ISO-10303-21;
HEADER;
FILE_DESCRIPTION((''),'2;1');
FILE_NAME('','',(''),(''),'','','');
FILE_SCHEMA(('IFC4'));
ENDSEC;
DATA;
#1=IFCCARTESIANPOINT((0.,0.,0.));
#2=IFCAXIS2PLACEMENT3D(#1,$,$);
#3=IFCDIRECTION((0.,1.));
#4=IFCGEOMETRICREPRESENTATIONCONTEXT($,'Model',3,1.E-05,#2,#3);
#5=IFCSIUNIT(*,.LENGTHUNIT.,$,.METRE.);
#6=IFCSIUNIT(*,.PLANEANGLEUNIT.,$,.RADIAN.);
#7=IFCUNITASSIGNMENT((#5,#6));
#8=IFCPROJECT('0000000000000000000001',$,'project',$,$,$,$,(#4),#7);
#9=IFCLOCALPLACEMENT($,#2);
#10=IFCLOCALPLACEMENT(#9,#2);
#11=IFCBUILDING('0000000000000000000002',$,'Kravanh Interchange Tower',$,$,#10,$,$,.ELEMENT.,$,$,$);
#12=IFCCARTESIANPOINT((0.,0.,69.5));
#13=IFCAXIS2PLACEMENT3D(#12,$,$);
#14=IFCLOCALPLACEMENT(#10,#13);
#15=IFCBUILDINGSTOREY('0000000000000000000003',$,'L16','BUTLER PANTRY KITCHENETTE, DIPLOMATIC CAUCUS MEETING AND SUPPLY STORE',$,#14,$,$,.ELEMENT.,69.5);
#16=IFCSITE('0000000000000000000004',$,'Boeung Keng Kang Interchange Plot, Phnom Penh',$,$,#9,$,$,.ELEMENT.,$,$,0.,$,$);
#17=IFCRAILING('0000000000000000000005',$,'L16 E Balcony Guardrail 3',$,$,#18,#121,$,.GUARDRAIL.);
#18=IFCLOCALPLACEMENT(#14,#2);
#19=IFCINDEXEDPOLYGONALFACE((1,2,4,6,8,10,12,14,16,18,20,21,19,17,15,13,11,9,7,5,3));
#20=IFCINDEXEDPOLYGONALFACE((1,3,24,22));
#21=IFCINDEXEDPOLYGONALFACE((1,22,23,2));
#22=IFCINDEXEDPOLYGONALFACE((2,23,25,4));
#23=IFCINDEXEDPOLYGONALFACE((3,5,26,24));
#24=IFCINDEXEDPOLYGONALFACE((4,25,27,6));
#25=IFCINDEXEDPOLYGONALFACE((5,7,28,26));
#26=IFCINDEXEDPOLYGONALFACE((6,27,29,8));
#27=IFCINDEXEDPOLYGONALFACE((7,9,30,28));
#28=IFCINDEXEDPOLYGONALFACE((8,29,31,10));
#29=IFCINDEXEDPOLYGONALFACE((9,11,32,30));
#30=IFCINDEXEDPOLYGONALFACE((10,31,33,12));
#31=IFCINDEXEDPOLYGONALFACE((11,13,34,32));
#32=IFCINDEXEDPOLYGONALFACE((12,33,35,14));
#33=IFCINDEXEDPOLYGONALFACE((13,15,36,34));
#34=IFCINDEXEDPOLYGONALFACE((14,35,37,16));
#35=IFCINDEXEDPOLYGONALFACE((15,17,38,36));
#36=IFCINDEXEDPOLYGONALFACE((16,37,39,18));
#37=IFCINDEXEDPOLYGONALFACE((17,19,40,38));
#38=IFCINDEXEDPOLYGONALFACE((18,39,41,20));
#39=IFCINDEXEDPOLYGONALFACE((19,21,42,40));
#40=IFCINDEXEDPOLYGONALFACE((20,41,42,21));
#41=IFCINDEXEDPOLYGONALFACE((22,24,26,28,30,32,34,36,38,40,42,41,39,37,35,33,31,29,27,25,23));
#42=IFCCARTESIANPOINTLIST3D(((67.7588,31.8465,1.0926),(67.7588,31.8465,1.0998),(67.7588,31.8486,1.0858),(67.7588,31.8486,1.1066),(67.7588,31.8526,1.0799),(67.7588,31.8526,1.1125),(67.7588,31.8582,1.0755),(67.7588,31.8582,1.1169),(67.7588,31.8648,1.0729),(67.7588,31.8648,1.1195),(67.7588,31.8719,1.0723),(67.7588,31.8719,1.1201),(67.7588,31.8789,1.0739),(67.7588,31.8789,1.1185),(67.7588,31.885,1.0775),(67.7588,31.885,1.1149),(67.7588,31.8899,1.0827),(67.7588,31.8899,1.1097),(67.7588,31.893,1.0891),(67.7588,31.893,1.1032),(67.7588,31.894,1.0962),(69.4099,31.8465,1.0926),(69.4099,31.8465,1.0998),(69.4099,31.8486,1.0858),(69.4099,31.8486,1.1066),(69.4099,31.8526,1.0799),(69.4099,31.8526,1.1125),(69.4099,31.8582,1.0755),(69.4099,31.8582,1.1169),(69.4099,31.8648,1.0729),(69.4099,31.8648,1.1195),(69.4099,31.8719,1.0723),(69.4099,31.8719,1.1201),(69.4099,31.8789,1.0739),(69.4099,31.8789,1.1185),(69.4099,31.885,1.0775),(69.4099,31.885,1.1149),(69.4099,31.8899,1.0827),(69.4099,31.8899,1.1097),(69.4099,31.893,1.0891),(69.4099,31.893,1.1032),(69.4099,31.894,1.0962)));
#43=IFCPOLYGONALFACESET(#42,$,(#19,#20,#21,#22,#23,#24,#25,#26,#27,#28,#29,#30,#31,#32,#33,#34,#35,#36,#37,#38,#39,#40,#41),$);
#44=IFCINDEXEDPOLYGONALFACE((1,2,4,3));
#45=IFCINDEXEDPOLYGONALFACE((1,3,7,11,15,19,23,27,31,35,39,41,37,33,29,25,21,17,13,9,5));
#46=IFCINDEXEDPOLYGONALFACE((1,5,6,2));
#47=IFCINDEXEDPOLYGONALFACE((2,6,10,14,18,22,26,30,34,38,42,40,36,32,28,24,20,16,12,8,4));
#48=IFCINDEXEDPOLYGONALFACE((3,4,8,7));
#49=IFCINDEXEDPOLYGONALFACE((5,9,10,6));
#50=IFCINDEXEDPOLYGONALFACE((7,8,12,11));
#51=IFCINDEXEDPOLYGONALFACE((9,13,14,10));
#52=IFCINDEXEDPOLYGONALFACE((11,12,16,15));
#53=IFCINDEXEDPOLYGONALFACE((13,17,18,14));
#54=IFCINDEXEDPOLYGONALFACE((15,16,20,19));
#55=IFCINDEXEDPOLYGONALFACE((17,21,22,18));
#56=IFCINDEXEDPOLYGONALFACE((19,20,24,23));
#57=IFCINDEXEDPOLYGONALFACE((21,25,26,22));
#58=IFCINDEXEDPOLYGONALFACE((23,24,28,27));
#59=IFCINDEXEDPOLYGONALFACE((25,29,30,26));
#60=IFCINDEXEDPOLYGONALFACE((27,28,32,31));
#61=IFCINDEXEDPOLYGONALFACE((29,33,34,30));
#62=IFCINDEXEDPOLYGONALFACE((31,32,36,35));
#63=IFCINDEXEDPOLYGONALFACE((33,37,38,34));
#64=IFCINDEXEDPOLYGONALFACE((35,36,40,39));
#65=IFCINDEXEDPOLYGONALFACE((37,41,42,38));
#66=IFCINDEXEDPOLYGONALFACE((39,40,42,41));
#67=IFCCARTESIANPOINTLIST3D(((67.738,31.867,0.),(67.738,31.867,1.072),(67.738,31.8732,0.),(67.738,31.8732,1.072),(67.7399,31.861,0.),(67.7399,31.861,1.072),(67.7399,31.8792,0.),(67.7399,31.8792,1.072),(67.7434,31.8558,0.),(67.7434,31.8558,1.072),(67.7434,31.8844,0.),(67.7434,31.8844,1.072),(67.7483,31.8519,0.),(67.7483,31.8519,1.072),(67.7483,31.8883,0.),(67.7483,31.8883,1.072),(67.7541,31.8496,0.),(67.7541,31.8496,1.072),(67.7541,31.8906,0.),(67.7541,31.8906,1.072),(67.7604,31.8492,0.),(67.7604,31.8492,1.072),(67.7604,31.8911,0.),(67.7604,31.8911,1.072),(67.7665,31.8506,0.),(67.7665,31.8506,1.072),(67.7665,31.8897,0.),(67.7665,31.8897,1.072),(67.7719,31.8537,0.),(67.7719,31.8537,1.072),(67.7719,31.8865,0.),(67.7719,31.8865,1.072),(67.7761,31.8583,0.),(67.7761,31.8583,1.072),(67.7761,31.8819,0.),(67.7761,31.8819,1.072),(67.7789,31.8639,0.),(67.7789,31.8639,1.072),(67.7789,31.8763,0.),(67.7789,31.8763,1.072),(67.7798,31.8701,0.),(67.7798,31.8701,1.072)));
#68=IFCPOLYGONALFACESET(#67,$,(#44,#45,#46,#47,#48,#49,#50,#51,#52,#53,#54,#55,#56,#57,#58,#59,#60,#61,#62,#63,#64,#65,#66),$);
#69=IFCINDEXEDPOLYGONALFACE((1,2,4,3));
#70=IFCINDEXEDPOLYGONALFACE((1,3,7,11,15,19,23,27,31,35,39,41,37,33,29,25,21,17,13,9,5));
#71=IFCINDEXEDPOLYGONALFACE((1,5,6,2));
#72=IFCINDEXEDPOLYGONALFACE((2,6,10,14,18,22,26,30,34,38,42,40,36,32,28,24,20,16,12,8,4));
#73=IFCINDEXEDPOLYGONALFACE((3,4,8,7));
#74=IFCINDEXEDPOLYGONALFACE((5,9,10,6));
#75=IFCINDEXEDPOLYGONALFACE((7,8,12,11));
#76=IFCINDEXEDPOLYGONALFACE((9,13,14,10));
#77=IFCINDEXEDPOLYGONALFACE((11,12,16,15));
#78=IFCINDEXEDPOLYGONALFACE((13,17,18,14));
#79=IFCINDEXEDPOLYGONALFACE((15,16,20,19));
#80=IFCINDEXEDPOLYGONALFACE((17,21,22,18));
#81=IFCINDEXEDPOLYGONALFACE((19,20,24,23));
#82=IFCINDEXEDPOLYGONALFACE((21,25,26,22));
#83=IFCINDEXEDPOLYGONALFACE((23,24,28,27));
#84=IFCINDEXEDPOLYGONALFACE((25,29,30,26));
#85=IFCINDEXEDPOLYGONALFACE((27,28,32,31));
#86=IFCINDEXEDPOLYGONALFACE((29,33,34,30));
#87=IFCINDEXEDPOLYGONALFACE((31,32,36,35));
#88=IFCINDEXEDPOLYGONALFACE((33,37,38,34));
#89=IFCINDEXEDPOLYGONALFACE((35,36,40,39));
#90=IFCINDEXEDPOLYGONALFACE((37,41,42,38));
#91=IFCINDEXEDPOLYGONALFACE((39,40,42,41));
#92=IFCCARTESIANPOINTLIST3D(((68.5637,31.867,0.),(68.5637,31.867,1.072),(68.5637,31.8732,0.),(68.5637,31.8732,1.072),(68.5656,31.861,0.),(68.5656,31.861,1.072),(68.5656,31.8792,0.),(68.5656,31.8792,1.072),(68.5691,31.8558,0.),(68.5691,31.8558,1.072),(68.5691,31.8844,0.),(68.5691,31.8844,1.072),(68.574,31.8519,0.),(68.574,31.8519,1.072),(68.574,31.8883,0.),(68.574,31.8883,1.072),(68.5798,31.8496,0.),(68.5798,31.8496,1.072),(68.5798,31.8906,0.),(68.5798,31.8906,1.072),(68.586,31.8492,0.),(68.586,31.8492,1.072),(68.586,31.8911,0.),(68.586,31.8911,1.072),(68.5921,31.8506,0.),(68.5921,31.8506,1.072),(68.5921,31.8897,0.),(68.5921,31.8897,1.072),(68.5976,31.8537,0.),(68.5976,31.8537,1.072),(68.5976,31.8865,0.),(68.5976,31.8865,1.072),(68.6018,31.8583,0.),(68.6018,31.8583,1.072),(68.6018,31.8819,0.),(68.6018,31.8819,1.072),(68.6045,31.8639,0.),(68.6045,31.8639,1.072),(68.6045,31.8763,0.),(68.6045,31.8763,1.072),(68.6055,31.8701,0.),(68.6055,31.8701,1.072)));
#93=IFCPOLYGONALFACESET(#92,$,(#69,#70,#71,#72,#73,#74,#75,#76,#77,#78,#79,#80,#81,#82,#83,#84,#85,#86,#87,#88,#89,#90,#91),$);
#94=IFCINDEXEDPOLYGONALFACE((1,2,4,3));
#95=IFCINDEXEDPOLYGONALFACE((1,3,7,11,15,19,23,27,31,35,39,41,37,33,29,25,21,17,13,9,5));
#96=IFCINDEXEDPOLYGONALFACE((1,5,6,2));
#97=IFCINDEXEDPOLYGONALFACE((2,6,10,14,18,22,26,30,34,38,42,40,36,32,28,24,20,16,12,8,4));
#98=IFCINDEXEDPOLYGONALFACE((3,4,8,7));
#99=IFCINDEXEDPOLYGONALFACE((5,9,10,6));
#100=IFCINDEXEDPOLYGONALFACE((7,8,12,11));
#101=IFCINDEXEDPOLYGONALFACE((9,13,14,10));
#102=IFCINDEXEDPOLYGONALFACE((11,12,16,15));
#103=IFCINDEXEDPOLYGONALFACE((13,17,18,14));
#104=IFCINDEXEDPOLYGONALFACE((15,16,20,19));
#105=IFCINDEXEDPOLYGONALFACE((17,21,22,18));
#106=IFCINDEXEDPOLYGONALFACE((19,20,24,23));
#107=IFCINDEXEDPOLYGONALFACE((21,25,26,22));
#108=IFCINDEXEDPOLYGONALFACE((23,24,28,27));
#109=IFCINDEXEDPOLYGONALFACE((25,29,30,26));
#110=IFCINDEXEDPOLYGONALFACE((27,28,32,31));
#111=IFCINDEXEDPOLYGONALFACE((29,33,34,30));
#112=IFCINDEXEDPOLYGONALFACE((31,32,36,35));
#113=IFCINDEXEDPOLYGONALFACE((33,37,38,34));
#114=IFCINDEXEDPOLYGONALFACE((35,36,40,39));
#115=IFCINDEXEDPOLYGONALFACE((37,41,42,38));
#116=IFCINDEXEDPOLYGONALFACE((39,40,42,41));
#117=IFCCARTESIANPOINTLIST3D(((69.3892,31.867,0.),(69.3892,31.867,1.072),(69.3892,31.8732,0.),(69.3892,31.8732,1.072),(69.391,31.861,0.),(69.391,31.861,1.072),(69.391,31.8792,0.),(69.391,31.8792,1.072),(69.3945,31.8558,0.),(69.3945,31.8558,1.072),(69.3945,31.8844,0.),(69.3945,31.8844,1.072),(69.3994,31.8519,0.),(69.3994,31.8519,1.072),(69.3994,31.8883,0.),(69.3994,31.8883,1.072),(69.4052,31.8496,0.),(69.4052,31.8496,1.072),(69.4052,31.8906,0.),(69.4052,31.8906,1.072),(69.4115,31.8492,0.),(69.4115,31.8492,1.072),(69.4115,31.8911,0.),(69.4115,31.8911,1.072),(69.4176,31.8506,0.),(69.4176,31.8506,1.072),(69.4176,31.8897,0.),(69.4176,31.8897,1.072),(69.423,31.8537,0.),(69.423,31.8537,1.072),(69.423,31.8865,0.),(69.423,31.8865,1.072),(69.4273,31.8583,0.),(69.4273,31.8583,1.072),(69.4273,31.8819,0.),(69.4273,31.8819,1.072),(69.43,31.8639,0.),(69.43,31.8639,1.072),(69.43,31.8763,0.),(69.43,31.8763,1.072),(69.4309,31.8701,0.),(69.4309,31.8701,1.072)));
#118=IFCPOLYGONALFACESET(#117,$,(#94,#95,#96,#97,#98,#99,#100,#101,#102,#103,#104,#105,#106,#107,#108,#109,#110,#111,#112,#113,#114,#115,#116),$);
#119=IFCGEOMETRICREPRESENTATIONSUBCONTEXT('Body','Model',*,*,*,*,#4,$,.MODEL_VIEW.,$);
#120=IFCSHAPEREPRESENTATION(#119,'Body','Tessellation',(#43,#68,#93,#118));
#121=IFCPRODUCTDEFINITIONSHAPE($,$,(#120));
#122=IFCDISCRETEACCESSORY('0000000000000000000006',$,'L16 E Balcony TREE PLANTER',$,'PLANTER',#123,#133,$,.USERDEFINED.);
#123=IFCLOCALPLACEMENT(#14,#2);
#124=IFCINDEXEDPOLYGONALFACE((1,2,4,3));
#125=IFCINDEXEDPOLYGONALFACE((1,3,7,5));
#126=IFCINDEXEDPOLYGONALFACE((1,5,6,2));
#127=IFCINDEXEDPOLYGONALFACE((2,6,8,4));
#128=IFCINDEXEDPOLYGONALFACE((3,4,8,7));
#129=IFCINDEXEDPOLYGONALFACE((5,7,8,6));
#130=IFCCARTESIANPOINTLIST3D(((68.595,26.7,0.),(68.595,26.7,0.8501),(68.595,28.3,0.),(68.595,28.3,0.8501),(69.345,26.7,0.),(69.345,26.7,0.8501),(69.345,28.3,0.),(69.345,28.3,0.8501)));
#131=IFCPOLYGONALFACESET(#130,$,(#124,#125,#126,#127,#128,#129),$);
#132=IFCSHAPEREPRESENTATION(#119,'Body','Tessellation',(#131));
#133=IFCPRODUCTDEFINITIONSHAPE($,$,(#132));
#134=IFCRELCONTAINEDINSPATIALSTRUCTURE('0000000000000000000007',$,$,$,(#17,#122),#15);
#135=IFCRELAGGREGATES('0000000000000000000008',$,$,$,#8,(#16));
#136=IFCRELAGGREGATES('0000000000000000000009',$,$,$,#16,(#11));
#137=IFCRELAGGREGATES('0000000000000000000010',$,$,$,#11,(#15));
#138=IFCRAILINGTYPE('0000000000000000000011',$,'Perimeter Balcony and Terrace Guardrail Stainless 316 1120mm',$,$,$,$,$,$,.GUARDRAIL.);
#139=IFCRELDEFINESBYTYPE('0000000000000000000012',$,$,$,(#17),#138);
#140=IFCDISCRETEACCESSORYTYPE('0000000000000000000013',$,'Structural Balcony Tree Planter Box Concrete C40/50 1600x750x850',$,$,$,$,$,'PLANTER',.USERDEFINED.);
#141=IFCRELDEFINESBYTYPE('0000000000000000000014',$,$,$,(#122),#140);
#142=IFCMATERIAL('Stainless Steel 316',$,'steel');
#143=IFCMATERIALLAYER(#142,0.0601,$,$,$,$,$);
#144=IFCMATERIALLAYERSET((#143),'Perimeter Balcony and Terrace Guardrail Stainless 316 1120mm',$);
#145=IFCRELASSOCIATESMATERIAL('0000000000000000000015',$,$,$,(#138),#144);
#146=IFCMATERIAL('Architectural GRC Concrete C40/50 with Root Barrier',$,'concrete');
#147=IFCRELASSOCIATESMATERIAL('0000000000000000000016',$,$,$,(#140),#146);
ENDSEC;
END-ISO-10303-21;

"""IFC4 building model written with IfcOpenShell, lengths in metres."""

from ifc_helpers import new_model, si_unit, direction, frame, origin, origin_2d, place, context, subcontext, project, spatial, rectangle, circle, extrude, material, layer, layer_set, type_object, element, save


model = new_model("IFC4")

# Units and contexts
model_context = context("Model", 3, precision=1e-05, world=origin(), true_north=direction((0.0, 1.0)))
body_context = subcontext(model_context, "Body", "Model", "MODEL_VIEW")
ifc_project = project(units=[si_unit("LENGTHUNIT", "METRE"), si_unit("PLANEANGLEUNIT", "RADIAN")], contexts=[model_context])

# Site, building, storey
site_placement = place(None, origin())
site = spatial("IfcSite", under=ifc_project, at=site_placement, Name="Boeung Keng Kang Interchange Plot, Phnom Penh", CompositionType="ELEMENT", RefElevation=0.0)
building_placement = place(site_placement, origin())
building = spatial("IfcBuilding", under=site, at=building_placement, Name="Kravanh Interchange Tower", CompositionType="ELEMENT")
storey_placement = place(building_placement, frame((0.0, 0.0, 69.5)))
storey = spatial("IfcBuildingStorey", under=building, at=storey_placement, Name="L16", Description="BUTLER PANTRY KITCHENETTE, DIPLOMATIC CAUCUS MEETING AND SUPPLY STORE", CompositionType="ELEMENT", Elevation=69.5)

# Railing
ifc_material_1 = material(Name="Stainless Steel 316", Category="steel")
ifc_layer_1 = layer(ifc_material_1, 0.0601)
ifc_layer_set_1 = layer_set([ifc_layer_1], Name="Perimeter Balcony and Terrace Guardrail Stainless 316 1120mm")
railing_type = type_object("IfcRailingType", Name="Perimeter Balcony and Terrace Guardrail Stainless 316 1120mm", PredefinedType="GUARDRAIL", material=ifc_layer_set_1)
railing_1_placement = place(storey_placement, frame((67.7588, 31.8701, 0.0)))
element("IfcRailing", 1, at=railing_1_placement, inside=storey, type_object=railing_type, Name="L16 E Balcony Guardrail 3", PredefinedType="GUARDRAIL", context=body_context, shape_type="SweptSolid", body=[
    extrude(circle(Radius=0.0239, at=origin_2d()), frame((0.0, 0.0, 1.0962), z_axis=(1.0, 0.0, 0.0), x_axis=(0.0, 1.0, 0.0)), (0.0, 0.0, 1.0), 1.6511),
    extrude(circle(Radius=0.021, at=origin_2d()), origin(), (0.0, 0.0, 1.0), 1.072),
    extrude(circle(Radius=0.021, at=origin_2d()), frame((0.8257, 0.0, 0.0)), (0.0, 0.0, 1.0), 1.072),
    extrude(circle(Radius=0.021, at=origin_2d()), frame((1.6511, 0.0, 0.0)), (0.0, 0.0, 1.0), 1.072),
])

# Discrete accessory
ifc_material_2 = material(Name="Architectural GRC Concrete C40/50 with Root Barrier", Category="concrete")
discrete_accessory_type = type_object("IfcDiscreteAccessoryType", Name="Structural Balcony Tree Planter Box Concrete C40/50 1600x750x850", ElementType="PLANTER", PredefinedType="USERDEFINED", material=ifc_material_2)
discrete_accessory_placement = place(storey_placement, frame((68.97, 27.5, 0.0), z_axis=(0.0, 0.0, 1.0), x_axis=(1.0, 0.0, 0.0)))
element("IfcDiscreteAccessory", 2, at=discrete_accessory_placement, inside=storey, type_object=discrete_accessory_type, Name="L16 E Balcony TREE PLANTER", ObjectType="PLANTER", PredefinedType="USERDEFINED", context=body_context, shape_type="SweptSolid", body=[
    extrude(rectangle(XDim=0.75, YDim=1.6001, at=origin_2d()), origin(), (0.0, 0.0, 1.0), 0.8501),
])

save(model, "model.ifc")
